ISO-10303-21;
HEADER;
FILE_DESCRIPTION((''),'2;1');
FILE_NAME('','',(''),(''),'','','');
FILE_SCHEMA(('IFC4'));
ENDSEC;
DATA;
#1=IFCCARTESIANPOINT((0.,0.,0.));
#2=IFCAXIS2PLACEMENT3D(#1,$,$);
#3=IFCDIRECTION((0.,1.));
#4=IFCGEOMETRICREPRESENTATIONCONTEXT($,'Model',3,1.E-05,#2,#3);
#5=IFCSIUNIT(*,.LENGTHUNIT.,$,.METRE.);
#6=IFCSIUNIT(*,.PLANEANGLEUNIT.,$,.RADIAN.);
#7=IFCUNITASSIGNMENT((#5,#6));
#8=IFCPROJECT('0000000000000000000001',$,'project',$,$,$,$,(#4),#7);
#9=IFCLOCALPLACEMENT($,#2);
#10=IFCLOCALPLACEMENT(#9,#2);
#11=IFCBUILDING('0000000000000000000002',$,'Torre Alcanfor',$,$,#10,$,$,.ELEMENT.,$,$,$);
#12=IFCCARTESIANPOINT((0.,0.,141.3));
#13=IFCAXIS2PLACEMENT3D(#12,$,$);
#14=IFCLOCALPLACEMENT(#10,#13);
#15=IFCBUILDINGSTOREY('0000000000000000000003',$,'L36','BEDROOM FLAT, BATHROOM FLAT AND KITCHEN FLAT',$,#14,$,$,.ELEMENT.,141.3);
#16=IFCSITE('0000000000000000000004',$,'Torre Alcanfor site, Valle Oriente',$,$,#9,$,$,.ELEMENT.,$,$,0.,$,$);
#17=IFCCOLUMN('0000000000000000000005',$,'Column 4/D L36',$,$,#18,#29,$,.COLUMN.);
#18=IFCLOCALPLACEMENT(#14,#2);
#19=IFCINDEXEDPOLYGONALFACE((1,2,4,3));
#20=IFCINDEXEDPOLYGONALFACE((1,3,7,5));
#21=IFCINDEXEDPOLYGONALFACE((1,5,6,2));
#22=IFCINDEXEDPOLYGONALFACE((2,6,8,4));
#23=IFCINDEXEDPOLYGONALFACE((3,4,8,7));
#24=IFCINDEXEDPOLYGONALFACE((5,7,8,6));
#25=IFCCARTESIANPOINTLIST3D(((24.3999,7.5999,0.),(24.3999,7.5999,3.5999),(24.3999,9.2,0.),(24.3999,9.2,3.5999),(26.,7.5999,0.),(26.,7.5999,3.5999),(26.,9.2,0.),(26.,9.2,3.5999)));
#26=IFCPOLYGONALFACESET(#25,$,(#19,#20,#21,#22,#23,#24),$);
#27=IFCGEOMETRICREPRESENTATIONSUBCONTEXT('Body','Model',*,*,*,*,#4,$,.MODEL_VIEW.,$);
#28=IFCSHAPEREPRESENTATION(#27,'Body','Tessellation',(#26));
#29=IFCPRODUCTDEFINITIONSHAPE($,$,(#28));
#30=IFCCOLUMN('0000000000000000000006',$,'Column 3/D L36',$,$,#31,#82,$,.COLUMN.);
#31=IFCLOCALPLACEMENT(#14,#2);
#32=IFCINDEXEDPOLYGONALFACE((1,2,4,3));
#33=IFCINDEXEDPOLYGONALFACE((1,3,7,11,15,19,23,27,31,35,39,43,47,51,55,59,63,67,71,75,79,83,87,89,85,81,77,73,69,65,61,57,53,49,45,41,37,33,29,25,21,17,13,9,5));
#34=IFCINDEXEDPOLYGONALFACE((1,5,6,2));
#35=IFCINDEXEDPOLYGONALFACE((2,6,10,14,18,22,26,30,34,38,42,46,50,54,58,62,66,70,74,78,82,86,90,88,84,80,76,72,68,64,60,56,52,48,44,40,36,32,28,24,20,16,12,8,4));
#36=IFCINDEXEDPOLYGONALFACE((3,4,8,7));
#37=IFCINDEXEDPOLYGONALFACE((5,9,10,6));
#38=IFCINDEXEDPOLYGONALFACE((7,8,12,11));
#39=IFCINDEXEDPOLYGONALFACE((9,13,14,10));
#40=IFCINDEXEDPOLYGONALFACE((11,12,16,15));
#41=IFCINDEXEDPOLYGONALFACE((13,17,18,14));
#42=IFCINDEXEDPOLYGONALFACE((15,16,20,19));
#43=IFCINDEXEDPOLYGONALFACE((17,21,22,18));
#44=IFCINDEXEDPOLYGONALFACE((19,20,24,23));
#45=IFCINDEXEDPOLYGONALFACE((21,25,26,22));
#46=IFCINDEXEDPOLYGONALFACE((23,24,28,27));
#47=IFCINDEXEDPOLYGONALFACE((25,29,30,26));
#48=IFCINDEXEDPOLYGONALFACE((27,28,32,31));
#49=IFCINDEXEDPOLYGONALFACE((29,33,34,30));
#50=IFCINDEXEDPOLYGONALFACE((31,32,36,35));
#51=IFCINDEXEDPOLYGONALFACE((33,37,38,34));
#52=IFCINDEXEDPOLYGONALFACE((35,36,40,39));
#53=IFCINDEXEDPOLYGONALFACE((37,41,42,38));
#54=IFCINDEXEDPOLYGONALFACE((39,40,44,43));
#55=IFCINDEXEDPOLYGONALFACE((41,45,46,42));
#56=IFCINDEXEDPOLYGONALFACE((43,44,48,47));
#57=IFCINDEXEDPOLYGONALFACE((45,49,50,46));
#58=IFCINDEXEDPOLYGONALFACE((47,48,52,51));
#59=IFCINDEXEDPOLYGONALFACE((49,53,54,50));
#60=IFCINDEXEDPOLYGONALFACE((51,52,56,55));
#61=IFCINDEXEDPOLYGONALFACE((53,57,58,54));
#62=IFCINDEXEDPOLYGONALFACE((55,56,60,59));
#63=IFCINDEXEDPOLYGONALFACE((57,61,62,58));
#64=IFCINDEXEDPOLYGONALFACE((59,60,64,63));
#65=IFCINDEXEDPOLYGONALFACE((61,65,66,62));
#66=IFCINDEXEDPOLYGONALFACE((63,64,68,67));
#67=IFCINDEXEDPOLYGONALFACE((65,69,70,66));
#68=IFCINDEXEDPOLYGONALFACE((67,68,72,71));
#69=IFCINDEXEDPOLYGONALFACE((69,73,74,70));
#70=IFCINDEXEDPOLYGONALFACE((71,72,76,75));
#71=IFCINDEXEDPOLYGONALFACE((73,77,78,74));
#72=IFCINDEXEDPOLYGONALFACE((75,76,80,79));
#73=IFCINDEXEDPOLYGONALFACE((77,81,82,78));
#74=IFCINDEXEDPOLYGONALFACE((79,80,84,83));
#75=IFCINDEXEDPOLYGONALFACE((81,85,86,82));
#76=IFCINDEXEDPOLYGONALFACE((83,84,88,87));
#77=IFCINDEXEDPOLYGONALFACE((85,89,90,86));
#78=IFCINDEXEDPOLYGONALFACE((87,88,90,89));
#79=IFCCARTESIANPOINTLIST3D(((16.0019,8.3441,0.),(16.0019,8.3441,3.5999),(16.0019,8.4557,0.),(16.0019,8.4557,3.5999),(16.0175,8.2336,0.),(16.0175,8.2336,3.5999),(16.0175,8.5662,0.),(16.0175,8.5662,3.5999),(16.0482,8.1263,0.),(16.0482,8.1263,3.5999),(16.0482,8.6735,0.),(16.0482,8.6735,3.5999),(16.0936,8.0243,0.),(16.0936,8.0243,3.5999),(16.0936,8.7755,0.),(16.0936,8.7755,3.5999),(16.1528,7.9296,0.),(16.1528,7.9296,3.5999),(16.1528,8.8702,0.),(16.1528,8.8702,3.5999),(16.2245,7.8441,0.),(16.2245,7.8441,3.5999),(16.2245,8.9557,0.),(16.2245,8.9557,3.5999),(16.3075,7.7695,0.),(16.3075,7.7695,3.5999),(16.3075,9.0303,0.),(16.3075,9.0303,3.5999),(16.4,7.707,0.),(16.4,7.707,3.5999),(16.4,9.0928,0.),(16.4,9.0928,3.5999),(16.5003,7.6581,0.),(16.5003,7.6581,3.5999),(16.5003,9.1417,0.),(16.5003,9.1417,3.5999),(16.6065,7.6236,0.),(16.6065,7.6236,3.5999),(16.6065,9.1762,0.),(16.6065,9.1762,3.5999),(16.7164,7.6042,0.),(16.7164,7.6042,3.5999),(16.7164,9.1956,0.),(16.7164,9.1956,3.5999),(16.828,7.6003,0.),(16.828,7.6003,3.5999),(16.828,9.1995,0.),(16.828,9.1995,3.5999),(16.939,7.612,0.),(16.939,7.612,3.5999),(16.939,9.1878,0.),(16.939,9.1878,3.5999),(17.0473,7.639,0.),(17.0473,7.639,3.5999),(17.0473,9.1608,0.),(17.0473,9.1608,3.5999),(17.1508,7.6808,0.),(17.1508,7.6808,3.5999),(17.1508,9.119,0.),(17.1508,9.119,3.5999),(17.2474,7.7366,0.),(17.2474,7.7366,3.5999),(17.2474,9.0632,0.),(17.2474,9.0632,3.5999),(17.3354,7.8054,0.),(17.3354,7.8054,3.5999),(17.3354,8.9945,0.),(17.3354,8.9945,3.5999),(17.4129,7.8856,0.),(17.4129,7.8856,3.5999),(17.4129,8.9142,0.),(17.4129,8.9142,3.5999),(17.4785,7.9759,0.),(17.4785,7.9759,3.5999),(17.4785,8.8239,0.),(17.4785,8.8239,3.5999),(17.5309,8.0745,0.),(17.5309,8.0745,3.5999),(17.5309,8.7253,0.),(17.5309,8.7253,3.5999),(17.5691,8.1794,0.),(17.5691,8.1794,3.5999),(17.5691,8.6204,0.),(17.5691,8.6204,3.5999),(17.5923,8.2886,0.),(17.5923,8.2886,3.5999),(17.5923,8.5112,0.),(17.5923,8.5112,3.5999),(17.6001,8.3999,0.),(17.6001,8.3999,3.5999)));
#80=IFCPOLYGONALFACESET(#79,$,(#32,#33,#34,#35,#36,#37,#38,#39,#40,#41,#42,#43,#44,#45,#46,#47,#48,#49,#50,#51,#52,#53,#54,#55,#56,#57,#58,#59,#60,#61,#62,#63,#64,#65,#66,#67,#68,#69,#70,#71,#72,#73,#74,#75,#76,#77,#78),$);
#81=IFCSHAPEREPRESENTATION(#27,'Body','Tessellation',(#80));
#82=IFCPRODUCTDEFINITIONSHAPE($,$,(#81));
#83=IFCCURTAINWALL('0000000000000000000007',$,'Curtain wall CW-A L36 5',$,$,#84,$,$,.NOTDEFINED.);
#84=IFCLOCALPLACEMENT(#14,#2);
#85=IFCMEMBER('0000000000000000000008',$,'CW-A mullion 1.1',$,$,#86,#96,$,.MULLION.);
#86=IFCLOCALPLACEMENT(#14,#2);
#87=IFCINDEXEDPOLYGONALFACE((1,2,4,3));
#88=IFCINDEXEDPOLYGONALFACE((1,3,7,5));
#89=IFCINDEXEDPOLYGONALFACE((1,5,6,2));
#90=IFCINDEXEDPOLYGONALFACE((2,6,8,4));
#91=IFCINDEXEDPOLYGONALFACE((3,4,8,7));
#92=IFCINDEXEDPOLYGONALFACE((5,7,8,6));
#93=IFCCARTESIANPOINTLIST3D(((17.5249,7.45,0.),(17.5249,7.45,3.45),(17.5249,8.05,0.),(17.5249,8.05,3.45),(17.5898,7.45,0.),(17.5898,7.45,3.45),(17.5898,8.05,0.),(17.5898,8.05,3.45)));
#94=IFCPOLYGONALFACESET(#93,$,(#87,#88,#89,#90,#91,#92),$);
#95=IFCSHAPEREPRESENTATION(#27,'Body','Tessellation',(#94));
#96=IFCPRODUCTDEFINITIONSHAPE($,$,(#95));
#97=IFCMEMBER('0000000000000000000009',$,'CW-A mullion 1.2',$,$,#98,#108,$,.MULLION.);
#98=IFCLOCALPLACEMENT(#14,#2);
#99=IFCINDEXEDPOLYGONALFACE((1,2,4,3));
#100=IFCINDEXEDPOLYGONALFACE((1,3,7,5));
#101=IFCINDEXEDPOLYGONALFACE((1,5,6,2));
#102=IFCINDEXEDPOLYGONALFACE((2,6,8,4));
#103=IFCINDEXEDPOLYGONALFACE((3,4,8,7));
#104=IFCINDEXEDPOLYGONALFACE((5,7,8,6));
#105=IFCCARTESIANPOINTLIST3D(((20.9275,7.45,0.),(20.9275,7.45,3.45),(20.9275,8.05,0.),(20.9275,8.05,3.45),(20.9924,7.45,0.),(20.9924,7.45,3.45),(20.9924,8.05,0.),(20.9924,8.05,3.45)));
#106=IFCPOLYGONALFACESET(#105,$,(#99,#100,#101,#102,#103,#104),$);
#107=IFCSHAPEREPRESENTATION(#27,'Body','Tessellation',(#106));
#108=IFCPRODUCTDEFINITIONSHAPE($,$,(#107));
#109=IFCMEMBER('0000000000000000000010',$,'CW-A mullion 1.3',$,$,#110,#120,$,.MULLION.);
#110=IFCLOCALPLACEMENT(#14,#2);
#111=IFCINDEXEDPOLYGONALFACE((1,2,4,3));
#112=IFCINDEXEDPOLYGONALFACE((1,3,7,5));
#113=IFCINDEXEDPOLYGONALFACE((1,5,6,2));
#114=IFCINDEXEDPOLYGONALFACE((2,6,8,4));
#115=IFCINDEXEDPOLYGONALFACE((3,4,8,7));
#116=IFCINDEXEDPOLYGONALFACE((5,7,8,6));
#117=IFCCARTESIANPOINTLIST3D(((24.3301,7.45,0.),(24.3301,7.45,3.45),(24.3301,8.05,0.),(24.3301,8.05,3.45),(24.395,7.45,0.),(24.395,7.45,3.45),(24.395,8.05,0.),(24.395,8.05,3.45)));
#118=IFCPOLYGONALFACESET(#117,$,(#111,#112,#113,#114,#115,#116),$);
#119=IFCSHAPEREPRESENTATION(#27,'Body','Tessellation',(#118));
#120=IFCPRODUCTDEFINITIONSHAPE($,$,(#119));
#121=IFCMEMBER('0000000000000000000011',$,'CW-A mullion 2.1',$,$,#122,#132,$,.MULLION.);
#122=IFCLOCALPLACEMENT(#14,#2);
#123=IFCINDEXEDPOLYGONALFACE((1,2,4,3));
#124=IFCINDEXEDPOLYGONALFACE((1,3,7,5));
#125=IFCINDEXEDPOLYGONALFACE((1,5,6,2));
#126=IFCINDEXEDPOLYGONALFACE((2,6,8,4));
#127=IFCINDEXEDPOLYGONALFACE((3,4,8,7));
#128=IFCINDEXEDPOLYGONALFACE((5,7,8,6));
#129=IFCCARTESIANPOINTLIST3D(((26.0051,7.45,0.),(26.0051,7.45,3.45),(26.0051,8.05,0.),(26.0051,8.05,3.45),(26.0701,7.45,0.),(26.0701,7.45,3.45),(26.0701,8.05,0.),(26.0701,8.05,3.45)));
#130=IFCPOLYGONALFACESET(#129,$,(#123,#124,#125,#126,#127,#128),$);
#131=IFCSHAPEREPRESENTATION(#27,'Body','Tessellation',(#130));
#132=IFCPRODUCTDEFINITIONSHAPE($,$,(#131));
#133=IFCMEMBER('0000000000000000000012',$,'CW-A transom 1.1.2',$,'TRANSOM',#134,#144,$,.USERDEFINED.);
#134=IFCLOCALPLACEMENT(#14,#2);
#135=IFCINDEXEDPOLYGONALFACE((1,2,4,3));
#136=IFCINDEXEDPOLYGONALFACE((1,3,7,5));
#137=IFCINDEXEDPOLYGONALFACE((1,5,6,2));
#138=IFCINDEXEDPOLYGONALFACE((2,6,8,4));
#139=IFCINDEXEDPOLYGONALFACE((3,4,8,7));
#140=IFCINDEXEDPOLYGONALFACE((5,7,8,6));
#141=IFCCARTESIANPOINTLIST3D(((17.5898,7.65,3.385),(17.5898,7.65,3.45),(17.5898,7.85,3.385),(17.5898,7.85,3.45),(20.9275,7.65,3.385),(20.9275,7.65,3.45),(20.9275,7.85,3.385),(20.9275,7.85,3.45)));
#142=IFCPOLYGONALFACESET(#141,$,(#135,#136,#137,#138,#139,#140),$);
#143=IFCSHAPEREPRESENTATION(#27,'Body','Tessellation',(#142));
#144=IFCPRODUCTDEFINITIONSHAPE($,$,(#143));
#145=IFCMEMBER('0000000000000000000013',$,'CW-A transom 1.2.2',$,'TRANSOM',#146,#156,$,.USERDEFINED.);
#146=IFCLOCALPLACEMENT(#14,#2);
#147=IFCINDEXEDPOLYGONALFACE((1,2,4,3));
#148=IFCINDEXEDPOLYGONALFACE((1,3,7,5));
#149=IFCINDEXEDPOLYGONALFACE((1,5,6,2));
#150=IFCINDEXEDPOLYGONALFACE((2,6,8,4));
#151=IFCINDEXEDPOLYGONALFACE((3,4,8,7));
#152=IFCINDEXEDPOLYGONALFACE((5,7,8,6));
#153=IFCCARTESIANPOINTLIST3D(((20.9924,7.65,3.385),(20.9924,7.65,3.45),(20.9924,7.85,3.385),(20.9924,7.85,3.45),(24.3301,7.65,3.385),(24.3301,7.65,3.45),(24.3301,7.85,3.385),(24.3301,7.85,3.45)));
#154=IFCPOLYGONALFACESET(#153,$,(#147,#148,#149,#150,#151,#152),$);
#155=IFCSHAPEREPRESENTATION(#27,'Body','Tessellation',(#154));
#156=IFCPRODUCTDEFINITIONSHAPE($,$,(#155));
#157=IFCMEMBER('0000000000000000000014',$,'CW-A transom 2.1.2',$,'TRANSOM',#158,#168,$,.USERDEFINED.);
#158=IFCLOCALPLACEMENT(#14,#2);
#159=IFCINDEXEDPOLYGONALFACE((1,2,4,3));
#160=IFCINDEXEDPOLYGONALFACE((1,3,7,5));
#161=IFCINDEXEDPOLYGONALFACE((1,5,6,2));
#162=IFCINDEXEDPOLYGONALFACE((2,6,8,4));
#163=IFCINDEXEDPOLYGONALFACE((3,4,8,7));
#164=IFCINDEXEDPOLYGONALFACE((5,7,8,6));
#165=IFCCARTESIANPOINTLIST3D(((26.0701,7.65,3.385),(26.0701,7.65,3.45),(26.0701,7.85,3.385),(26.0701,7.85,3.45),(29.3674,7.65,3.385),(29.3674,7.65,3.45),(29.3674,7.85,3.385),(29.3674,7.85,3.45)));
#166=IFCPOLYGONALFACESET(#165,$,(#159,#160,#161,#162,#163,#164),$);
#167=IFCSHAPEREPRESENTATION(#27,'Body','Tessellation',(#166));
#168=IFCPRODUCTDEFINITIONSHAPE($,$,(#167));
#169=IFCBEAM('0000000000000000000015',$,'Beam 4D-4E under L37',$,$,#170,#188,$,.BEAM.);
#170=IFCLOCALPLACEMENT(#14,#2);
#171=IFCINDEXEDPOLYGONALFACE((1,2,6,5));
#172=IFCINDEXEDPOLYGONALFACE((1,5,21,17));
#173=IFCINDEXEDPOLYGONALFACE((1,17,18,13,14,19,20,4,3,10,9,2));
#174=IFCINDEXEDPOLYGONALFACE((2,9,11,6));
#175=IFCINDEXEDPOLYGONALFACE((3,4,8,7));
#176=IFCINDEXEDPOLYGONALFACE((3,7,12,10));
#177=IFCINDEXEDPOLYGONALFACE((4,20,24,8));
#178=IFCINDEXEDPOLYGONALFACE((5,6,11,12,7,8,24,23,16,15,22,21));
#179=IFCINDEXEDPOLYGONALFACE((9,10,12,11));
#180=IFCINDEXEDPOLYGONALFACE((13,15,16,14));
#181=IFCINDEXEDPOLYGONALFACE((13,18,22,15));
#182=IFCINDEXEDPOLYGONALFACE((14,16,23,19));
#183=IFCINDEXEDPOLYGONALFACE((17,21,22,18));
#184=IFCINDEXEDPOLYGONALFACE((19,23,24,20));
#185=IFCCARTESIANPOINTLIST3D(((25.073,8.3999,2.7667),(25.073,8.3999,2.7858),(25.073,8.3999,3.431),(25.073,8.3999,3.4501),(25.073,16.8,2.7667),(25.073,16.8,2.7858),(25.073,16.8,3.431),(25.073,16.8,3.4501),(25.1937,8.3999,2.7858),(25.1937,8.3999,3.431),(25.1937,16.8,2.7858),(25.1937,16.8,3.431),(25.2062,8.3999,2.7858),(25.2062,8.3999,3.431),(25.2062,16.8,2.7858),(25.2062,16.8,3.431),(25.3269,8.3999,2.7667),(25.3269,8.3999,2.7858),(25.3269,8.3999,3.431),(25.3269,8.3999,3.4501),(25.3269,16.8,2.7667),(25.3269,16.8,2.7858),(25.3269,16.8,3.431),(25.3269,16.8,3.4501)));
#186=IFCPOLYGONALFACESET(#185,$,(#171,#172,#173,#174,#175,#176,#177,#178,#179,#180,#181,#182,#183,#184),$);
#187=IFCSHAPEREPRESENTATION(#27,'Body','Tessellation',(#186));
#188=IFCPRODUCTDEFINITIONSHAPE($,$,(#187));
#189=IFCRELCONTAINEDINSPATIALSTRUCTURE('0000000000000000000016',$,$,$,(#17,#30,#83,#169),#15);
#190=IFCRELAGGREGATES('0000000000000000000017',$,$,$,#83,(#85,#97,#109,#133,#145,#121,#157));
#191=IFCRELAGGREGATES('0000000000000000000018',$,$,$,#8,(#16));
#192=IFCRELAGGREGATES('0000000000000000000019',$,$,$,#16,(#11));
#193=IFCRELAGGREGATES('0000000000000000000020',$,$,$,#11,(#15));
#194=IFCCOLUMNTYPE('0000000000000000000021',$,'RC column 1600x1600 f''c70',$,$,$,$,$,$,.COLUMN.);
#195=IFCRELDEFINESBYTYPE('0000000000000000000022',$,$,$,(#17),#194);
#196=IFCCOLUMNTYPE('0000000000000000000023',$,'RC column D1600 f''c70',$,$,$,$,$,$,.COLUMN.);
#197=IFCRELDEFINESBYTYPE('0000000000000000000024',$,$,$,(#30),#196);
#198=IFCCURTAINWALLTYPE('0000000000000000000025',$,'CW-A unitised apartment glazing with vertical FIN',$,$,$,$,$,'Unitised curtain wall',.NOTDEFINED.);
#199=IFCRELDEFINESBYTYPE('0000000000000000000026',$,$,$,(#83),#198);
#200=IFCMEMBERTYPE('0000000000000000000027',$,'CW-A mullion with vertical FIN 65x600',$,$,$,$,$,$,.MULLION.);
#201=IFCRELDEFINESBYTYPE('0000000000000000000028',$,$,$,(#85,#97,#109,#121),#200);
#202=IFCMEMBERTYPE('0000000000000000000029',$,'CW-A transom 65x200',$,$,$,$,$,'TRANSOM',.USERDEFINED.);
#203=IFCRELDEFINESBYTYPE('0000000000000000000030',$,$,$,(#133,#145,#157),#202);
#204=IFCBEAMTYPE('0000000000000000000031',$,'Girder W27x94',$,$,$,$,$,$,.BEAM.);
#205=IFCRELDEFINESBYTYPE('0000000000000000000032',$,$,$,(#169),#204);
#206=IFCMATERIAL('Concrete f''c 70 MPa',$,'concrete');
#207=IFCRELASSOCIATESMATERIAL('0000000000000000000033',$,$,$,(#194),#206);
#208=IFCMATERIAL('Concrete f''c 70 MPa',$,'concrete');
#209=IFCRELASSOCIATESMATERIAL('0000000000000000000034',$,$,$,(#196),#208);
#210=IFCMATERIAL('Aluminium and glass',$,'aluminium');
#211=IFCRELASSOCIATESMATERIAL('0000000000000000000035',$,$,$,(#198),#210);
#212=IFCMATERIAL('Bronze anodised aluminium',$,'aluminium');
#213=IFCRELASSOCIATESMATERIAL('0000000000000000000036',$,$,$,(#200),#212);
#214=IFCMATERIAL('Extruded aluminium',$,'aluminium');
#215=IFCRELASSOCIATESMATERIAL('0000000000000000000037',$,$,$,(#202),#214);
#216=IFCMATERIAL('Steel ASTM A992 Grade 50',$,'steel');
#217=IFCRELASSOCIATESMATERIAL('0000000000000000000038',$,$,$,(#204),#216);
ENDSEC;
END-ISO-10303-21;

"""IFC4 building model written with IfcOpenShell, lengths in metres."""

from ifc_helpers import new_model, si_unit, direction, frame, origin, origin_2d, place, context, subcontext, project, spatial, rectangle, circle, i_section, extrude, material, material_profile, profile_set, type_object, element, aggregate, save


model = new_model("IFC4")

# Units and contexts
model_context = context("Model", 3, precision=1e-05, world=origin(), true_north=direction((0.0, 1.0)))
body_context = subcontext(model_context, "Body", "Model", "MODEL_VIEW")
ifc_project = project(units=[si_unit("LENGTHUNIT", "METRE"), si_unit("PLANEANGLEUNIT", "RADIAN")], contexts=[model_context])

# Site, building, storey
site_placement = place(None, origin())
site = spatial("IfcSite", under=ifc_project, at=site_placement, Name="Torre Alcanfor site, Valle Oriente", CompositionType="ELEMENT", RefElevation=0.0)
building_placement = place(site_placement, origin())
building = spatial("IfcBuilding", under=site, at=building_placement, Name="Torre Alcanfor", CompositionType="ELEMENT")
storey_placement = place(building_placement, frame((0.0, 0.0, 141.3)))
storey = spatial("IfcBuildingStorey", under=building, at=storey_placement, Name="L36", Description="BEDROOM FLAT, BATHROOM FLAT AND KITCHEN FLAT", CompositionType="ELEMENT", Elevation=141.3)

# Columns
ifc_material_1 = material(Name="Concrete f'c 70 MPa", Category="concrete")
ifc_material_profile_1 = material_profile(ifc_material_1, rectangle(XDim=1.6001, YDim=1.6001, at=origin_2d()), Name="1600x1600")
ifc_profile_set_1 = profile_set([ifc_material_profile_1], Name="Concrete f'c 70 MPa")
column_type_1 = type_object("IfcColumnType", Name="RC column 1600x1600 f'c70", PredefinedType="COLUMN", material=ifc_profile_set_1)
column_1_placement = place(storey_placement, frame((25.2, 8.3999, 0.0), z_axis=(0.0, 0.0, 1.0), x_axis=(1.0, 0.0, 0.0)))
element("IfcColumn", 1, at=column_1_placement, inside=storey, type_object=column_type_1, Name="Column 4/D L36", PredefinedType="COLUMN", context=body_context, shape_type="SweptSolid", body=[
    extrude(rectangle(XDim=1.6001, YDim=1.6001, at=origin_2d()), origin(), (0.0, 0.0, 1.0), 3.5999),
])
ifc_material_2 = material(Name="Concrete f'c 70 MPa", Category="concrete")
ifc_material_profile_2 = material_profile(ifc_material_2, circle(Radius=0.8, at=origin_2d()), Name="D1600")
ifc_profile_set_2 = profile_set([ifc_material_profile_2], Name="Concrete f'c 70 MPa")
column_type_2 = type_object("IfcColumnType", Name="RC column D1600 f'c70", PredefinedType="COLUMN", material=ifc_profile_set_2)
column_2_placement = place(storey_placement, frame((16.8, 8.3999, 0.0), z_axis=(0.0, 0.0, 1.0), x_axis=(1.0, 0.0, 0.0)))
element("IfcColumn", 2, at=column_2_placement, inside=storey, type_object=column_type_2, Name="Column 3/D L36", PredefinedType="COLUMN", context=body_context, shape_type="SweptSolid", body=[
    extrude(circle(Radius=0.8, at=origin_2d()), origin(), (0.0, 0.0, 1.0), 3.5999),
])

# Curtain wall, members
ifc_material_3 = material(Name="Aluminium and glass", Category="aluminium")
curtain_wall_type = type_object("IfcCurtainWallType", Name="CW-A unitised apartment glazing with vertical FIN", ElementType="Unitised curtain wall", PredefinedType="NOTDEFINED", material=ifc_material_3)
curtain_wall_placement = place(storey_placement, origin())
curtain_wall = element("IfcCurtainWall", 3, at=curtain_wall_placement, inside=storey, type_object=curtain_wall_type, Name="Curtain wall CW-A L36 5", PredefinedType="NOTDEFINED")
ifc_material_4 = material(Name="Bronze anodised aluminium", Category="aluminium")
ifc_material_profile_3 = material_profile(ifc_material_4, rectangle(XDim=0.6001, YDim=0.0649, at=origin_2d()), Name="CW-A mullion 65x600")
ifc_profile_set_3 = profile_set([ifc_material_profile_3], Name="Bronze anodised aluminium")
member_type_1 = type_object("IfcMemberType", Name="CW-A mullion with vertical FIN 65x600", PredefinedType="MULLION", material=ifc_profile_set_3)
member_1_placement = place(storey_placement, frame((17.5574, 7.75, 0.0), z_axis=(0.0, 0.0, 1.0), x_axis=(0.0, 1.0, 0.0)))
member_1 = element("IfcMember", 4, at=member_1_placement, type_object=member_type_1, Name="CW-A mullion 1.1", PredefinedType="MULLION", context=body_context, shape_type="SweptSolid", body=[
    extrude(rectangle(XDim=0.6001, YDim=0.0649, at=origin_2d()), origin(), (0.0, 0.0, 1.0), 3.45),
])
member_2_placement = place(storey_placement, frame((20.96, 7.75, 0.0), z_axis=(0.0, 0.0, 1.0), x_axis=(0.0, 1.0, 0.0)))
member_2 = element("IfcMember", 5, at=member_2_placement, type_object=member_type_1, Name="CW-A mullion 1.2", PredefinedType="MULLION", context=body_context, shape_type="SweptSolid", body=[
    extrude(rectangle(XDim=0.6001, YDim=0.0649, at=origin_2d()), origin(), (0.0, 0.0, 1.0), 3.45),
])
member_3_placement = place(storey_placement, frame((24.3625, 7.75, 0.0), z_axis=(0.0, 0.0, 1.0), x_axis=(0.0, 1.0, 0.0)))
member_3 = element("IfcMember", 6, at=member_3_placement, type_object=member_type_1, Name="CW-A mullion 1.3", PredefinedType="MULLION", context=body_context, shape_type="SweptSolid", body=[
    extrude(rectangle(XDim=0.6001, YDim=0.0649, at=origin_2d()), origin(), (0.0, 0.0, 1.0), 3.45),
])
member_4_placement = place(storey_placement, frame((26.0376, 7.75, 0.0), z_axis=(0.0, 0.0, 1.0), x_axis=(0.0, 1.0, 0.0)))
member_4 = element("IfcMember", 7, at=member_4_placement, type_object=member_type_1, Name="CW-A mullion 2.1", PredefinedType="MULLION", context=body_context, shape_type="SweptSolid", body=[
    extrude(rectangle(XDim=0.6001, YDim=0.0649, at=origin_2d()), origin(), (0.0, 0.0, 1.0), 3.45),
])
ifc_material_5 = material(Name="Extruded aluminium", Category="aluminium")
ifc_material_profile_4 = material_profile(ifc_material_5, rectangle(XDim=0.2, YDim=0.0649, at=origin_2d()), Name="CW-A transom 200x65")
ifc_profile_set_4 = profile_set([ifc_material_profile_4], Name="Extruded aluminium")
member_type_2 = type_object("IfcMemberType", Name="CW-A transom 65x200", ElementType="TRANSOM", PredefinedType="USERDEFINED", material=ifc_profile_set_4)
member_5_placement = place(storey_placement, frame((17.5898, 7.75, 3.4175), z_axis=(1.0, 0.0, 0.0), x_axis=(0.0, 1.0, 0.0)))
member_5 = element("IfcMember", 8, at=member_5_placement, type_object=member_type_2, Name="CW-A transom 1.1.2", ObjectType="TRANSOM", PredefinedType="USERDEFINED", context=body_context, shape_type="SweptSolid", body=[
    extrude(rectangle(XDim=0.2, YDim=0.0649, at=origin_2d()), origin(), (0.0, 0.0, 1.0), 3.3376),
])
member_6_placement = place(storey_placement, frame((20.9924, 7.75, 3.4175), z_axis=(1.0, 0.0, 0.0), x_axis=(0.0, 1.0, 0.0)))
member_6 = element("IfcMember", 9, at=member_6_placement, type_object=member_type_2, Name="CW-A transom 1.2.2", ObjectType="TRANSOM", PredefinedType="USERDEFINED", context=body_context, shape_type="SweptSolid", body=[
    extrude(rectangle(XDim=0.2, YDim=0.0649, at=origin_2d()), origin(), (0.0, 0.0, 1.0), 3.3376),
])
member_7_placement = place(storey_placement, frame((26.0701, 7.75, 3.4175), z_axis=(1.0, 0.0, 0.0), x_axis=(0.0, 1.0, 0.0)))
member_7 = element("IfcMember", 10, at=member_7_placement, type_object=member_type_2, Name="CW-A transom 2.1.2", ObjectType="TRANSOM", PredefinedType="USERDEFINED", context=body_context, shape_type="SweptSolid", body=[
    extrude(rectangle(XDim=0.2, YDim=0.0649, at=origin_2d()), origin(), (0.0, 0.0, 1.0), 3.2974),
])

# Beam
ifc_material_6 = material(Name="Steel ASTM A992 Grade 50", Category="steel")
ifc_material_profile_5 = material_profile(ifc_material_6, i_section(OverallWidth=0.2539, OverallDepth=0.6833, WebThickness=0.0125, FlangeThickness=0.019, at=origin_2d()), Name="W27x94")
ifc_profile_set_5 = profile_set([ifc_material_profile_5], Name="Steel ASTM A992 Grade 50")
beam_type_1 = type_object("IfcBeamType", Name="Girder W27x94", PredefinedType="BEAM", material=ifc_profile_set_5)
beam_1_placement = place(storey_placement, frame((25.2, 8.3999, 3.1084), z_axis=(0.0, 1.0, 0.0), x_axis=(-1.0, 0.0, 0.0)))
element("IfcBeam", 11, at=beam_1_placement, inside=storey, type_object=beam_type_1, Name="Beam 4D-4E under L37", PredefinedType="BEAM", context=body_context, shape_type="SweptSolid", body=[
    extrude(i_section(OverallWidth=0.2539, OverallDepth=0.6833, WebThickness=0.0125, FlangeThickness=0.019, at=origin_2d()), origin(), (0.0, 0.0, 1.0), 8.4001),
])

aggregate(curtain_wall, [member_1, member_2, member_3, member_5, member_6, member_4, member_7])

save(model, "model.ifc")
